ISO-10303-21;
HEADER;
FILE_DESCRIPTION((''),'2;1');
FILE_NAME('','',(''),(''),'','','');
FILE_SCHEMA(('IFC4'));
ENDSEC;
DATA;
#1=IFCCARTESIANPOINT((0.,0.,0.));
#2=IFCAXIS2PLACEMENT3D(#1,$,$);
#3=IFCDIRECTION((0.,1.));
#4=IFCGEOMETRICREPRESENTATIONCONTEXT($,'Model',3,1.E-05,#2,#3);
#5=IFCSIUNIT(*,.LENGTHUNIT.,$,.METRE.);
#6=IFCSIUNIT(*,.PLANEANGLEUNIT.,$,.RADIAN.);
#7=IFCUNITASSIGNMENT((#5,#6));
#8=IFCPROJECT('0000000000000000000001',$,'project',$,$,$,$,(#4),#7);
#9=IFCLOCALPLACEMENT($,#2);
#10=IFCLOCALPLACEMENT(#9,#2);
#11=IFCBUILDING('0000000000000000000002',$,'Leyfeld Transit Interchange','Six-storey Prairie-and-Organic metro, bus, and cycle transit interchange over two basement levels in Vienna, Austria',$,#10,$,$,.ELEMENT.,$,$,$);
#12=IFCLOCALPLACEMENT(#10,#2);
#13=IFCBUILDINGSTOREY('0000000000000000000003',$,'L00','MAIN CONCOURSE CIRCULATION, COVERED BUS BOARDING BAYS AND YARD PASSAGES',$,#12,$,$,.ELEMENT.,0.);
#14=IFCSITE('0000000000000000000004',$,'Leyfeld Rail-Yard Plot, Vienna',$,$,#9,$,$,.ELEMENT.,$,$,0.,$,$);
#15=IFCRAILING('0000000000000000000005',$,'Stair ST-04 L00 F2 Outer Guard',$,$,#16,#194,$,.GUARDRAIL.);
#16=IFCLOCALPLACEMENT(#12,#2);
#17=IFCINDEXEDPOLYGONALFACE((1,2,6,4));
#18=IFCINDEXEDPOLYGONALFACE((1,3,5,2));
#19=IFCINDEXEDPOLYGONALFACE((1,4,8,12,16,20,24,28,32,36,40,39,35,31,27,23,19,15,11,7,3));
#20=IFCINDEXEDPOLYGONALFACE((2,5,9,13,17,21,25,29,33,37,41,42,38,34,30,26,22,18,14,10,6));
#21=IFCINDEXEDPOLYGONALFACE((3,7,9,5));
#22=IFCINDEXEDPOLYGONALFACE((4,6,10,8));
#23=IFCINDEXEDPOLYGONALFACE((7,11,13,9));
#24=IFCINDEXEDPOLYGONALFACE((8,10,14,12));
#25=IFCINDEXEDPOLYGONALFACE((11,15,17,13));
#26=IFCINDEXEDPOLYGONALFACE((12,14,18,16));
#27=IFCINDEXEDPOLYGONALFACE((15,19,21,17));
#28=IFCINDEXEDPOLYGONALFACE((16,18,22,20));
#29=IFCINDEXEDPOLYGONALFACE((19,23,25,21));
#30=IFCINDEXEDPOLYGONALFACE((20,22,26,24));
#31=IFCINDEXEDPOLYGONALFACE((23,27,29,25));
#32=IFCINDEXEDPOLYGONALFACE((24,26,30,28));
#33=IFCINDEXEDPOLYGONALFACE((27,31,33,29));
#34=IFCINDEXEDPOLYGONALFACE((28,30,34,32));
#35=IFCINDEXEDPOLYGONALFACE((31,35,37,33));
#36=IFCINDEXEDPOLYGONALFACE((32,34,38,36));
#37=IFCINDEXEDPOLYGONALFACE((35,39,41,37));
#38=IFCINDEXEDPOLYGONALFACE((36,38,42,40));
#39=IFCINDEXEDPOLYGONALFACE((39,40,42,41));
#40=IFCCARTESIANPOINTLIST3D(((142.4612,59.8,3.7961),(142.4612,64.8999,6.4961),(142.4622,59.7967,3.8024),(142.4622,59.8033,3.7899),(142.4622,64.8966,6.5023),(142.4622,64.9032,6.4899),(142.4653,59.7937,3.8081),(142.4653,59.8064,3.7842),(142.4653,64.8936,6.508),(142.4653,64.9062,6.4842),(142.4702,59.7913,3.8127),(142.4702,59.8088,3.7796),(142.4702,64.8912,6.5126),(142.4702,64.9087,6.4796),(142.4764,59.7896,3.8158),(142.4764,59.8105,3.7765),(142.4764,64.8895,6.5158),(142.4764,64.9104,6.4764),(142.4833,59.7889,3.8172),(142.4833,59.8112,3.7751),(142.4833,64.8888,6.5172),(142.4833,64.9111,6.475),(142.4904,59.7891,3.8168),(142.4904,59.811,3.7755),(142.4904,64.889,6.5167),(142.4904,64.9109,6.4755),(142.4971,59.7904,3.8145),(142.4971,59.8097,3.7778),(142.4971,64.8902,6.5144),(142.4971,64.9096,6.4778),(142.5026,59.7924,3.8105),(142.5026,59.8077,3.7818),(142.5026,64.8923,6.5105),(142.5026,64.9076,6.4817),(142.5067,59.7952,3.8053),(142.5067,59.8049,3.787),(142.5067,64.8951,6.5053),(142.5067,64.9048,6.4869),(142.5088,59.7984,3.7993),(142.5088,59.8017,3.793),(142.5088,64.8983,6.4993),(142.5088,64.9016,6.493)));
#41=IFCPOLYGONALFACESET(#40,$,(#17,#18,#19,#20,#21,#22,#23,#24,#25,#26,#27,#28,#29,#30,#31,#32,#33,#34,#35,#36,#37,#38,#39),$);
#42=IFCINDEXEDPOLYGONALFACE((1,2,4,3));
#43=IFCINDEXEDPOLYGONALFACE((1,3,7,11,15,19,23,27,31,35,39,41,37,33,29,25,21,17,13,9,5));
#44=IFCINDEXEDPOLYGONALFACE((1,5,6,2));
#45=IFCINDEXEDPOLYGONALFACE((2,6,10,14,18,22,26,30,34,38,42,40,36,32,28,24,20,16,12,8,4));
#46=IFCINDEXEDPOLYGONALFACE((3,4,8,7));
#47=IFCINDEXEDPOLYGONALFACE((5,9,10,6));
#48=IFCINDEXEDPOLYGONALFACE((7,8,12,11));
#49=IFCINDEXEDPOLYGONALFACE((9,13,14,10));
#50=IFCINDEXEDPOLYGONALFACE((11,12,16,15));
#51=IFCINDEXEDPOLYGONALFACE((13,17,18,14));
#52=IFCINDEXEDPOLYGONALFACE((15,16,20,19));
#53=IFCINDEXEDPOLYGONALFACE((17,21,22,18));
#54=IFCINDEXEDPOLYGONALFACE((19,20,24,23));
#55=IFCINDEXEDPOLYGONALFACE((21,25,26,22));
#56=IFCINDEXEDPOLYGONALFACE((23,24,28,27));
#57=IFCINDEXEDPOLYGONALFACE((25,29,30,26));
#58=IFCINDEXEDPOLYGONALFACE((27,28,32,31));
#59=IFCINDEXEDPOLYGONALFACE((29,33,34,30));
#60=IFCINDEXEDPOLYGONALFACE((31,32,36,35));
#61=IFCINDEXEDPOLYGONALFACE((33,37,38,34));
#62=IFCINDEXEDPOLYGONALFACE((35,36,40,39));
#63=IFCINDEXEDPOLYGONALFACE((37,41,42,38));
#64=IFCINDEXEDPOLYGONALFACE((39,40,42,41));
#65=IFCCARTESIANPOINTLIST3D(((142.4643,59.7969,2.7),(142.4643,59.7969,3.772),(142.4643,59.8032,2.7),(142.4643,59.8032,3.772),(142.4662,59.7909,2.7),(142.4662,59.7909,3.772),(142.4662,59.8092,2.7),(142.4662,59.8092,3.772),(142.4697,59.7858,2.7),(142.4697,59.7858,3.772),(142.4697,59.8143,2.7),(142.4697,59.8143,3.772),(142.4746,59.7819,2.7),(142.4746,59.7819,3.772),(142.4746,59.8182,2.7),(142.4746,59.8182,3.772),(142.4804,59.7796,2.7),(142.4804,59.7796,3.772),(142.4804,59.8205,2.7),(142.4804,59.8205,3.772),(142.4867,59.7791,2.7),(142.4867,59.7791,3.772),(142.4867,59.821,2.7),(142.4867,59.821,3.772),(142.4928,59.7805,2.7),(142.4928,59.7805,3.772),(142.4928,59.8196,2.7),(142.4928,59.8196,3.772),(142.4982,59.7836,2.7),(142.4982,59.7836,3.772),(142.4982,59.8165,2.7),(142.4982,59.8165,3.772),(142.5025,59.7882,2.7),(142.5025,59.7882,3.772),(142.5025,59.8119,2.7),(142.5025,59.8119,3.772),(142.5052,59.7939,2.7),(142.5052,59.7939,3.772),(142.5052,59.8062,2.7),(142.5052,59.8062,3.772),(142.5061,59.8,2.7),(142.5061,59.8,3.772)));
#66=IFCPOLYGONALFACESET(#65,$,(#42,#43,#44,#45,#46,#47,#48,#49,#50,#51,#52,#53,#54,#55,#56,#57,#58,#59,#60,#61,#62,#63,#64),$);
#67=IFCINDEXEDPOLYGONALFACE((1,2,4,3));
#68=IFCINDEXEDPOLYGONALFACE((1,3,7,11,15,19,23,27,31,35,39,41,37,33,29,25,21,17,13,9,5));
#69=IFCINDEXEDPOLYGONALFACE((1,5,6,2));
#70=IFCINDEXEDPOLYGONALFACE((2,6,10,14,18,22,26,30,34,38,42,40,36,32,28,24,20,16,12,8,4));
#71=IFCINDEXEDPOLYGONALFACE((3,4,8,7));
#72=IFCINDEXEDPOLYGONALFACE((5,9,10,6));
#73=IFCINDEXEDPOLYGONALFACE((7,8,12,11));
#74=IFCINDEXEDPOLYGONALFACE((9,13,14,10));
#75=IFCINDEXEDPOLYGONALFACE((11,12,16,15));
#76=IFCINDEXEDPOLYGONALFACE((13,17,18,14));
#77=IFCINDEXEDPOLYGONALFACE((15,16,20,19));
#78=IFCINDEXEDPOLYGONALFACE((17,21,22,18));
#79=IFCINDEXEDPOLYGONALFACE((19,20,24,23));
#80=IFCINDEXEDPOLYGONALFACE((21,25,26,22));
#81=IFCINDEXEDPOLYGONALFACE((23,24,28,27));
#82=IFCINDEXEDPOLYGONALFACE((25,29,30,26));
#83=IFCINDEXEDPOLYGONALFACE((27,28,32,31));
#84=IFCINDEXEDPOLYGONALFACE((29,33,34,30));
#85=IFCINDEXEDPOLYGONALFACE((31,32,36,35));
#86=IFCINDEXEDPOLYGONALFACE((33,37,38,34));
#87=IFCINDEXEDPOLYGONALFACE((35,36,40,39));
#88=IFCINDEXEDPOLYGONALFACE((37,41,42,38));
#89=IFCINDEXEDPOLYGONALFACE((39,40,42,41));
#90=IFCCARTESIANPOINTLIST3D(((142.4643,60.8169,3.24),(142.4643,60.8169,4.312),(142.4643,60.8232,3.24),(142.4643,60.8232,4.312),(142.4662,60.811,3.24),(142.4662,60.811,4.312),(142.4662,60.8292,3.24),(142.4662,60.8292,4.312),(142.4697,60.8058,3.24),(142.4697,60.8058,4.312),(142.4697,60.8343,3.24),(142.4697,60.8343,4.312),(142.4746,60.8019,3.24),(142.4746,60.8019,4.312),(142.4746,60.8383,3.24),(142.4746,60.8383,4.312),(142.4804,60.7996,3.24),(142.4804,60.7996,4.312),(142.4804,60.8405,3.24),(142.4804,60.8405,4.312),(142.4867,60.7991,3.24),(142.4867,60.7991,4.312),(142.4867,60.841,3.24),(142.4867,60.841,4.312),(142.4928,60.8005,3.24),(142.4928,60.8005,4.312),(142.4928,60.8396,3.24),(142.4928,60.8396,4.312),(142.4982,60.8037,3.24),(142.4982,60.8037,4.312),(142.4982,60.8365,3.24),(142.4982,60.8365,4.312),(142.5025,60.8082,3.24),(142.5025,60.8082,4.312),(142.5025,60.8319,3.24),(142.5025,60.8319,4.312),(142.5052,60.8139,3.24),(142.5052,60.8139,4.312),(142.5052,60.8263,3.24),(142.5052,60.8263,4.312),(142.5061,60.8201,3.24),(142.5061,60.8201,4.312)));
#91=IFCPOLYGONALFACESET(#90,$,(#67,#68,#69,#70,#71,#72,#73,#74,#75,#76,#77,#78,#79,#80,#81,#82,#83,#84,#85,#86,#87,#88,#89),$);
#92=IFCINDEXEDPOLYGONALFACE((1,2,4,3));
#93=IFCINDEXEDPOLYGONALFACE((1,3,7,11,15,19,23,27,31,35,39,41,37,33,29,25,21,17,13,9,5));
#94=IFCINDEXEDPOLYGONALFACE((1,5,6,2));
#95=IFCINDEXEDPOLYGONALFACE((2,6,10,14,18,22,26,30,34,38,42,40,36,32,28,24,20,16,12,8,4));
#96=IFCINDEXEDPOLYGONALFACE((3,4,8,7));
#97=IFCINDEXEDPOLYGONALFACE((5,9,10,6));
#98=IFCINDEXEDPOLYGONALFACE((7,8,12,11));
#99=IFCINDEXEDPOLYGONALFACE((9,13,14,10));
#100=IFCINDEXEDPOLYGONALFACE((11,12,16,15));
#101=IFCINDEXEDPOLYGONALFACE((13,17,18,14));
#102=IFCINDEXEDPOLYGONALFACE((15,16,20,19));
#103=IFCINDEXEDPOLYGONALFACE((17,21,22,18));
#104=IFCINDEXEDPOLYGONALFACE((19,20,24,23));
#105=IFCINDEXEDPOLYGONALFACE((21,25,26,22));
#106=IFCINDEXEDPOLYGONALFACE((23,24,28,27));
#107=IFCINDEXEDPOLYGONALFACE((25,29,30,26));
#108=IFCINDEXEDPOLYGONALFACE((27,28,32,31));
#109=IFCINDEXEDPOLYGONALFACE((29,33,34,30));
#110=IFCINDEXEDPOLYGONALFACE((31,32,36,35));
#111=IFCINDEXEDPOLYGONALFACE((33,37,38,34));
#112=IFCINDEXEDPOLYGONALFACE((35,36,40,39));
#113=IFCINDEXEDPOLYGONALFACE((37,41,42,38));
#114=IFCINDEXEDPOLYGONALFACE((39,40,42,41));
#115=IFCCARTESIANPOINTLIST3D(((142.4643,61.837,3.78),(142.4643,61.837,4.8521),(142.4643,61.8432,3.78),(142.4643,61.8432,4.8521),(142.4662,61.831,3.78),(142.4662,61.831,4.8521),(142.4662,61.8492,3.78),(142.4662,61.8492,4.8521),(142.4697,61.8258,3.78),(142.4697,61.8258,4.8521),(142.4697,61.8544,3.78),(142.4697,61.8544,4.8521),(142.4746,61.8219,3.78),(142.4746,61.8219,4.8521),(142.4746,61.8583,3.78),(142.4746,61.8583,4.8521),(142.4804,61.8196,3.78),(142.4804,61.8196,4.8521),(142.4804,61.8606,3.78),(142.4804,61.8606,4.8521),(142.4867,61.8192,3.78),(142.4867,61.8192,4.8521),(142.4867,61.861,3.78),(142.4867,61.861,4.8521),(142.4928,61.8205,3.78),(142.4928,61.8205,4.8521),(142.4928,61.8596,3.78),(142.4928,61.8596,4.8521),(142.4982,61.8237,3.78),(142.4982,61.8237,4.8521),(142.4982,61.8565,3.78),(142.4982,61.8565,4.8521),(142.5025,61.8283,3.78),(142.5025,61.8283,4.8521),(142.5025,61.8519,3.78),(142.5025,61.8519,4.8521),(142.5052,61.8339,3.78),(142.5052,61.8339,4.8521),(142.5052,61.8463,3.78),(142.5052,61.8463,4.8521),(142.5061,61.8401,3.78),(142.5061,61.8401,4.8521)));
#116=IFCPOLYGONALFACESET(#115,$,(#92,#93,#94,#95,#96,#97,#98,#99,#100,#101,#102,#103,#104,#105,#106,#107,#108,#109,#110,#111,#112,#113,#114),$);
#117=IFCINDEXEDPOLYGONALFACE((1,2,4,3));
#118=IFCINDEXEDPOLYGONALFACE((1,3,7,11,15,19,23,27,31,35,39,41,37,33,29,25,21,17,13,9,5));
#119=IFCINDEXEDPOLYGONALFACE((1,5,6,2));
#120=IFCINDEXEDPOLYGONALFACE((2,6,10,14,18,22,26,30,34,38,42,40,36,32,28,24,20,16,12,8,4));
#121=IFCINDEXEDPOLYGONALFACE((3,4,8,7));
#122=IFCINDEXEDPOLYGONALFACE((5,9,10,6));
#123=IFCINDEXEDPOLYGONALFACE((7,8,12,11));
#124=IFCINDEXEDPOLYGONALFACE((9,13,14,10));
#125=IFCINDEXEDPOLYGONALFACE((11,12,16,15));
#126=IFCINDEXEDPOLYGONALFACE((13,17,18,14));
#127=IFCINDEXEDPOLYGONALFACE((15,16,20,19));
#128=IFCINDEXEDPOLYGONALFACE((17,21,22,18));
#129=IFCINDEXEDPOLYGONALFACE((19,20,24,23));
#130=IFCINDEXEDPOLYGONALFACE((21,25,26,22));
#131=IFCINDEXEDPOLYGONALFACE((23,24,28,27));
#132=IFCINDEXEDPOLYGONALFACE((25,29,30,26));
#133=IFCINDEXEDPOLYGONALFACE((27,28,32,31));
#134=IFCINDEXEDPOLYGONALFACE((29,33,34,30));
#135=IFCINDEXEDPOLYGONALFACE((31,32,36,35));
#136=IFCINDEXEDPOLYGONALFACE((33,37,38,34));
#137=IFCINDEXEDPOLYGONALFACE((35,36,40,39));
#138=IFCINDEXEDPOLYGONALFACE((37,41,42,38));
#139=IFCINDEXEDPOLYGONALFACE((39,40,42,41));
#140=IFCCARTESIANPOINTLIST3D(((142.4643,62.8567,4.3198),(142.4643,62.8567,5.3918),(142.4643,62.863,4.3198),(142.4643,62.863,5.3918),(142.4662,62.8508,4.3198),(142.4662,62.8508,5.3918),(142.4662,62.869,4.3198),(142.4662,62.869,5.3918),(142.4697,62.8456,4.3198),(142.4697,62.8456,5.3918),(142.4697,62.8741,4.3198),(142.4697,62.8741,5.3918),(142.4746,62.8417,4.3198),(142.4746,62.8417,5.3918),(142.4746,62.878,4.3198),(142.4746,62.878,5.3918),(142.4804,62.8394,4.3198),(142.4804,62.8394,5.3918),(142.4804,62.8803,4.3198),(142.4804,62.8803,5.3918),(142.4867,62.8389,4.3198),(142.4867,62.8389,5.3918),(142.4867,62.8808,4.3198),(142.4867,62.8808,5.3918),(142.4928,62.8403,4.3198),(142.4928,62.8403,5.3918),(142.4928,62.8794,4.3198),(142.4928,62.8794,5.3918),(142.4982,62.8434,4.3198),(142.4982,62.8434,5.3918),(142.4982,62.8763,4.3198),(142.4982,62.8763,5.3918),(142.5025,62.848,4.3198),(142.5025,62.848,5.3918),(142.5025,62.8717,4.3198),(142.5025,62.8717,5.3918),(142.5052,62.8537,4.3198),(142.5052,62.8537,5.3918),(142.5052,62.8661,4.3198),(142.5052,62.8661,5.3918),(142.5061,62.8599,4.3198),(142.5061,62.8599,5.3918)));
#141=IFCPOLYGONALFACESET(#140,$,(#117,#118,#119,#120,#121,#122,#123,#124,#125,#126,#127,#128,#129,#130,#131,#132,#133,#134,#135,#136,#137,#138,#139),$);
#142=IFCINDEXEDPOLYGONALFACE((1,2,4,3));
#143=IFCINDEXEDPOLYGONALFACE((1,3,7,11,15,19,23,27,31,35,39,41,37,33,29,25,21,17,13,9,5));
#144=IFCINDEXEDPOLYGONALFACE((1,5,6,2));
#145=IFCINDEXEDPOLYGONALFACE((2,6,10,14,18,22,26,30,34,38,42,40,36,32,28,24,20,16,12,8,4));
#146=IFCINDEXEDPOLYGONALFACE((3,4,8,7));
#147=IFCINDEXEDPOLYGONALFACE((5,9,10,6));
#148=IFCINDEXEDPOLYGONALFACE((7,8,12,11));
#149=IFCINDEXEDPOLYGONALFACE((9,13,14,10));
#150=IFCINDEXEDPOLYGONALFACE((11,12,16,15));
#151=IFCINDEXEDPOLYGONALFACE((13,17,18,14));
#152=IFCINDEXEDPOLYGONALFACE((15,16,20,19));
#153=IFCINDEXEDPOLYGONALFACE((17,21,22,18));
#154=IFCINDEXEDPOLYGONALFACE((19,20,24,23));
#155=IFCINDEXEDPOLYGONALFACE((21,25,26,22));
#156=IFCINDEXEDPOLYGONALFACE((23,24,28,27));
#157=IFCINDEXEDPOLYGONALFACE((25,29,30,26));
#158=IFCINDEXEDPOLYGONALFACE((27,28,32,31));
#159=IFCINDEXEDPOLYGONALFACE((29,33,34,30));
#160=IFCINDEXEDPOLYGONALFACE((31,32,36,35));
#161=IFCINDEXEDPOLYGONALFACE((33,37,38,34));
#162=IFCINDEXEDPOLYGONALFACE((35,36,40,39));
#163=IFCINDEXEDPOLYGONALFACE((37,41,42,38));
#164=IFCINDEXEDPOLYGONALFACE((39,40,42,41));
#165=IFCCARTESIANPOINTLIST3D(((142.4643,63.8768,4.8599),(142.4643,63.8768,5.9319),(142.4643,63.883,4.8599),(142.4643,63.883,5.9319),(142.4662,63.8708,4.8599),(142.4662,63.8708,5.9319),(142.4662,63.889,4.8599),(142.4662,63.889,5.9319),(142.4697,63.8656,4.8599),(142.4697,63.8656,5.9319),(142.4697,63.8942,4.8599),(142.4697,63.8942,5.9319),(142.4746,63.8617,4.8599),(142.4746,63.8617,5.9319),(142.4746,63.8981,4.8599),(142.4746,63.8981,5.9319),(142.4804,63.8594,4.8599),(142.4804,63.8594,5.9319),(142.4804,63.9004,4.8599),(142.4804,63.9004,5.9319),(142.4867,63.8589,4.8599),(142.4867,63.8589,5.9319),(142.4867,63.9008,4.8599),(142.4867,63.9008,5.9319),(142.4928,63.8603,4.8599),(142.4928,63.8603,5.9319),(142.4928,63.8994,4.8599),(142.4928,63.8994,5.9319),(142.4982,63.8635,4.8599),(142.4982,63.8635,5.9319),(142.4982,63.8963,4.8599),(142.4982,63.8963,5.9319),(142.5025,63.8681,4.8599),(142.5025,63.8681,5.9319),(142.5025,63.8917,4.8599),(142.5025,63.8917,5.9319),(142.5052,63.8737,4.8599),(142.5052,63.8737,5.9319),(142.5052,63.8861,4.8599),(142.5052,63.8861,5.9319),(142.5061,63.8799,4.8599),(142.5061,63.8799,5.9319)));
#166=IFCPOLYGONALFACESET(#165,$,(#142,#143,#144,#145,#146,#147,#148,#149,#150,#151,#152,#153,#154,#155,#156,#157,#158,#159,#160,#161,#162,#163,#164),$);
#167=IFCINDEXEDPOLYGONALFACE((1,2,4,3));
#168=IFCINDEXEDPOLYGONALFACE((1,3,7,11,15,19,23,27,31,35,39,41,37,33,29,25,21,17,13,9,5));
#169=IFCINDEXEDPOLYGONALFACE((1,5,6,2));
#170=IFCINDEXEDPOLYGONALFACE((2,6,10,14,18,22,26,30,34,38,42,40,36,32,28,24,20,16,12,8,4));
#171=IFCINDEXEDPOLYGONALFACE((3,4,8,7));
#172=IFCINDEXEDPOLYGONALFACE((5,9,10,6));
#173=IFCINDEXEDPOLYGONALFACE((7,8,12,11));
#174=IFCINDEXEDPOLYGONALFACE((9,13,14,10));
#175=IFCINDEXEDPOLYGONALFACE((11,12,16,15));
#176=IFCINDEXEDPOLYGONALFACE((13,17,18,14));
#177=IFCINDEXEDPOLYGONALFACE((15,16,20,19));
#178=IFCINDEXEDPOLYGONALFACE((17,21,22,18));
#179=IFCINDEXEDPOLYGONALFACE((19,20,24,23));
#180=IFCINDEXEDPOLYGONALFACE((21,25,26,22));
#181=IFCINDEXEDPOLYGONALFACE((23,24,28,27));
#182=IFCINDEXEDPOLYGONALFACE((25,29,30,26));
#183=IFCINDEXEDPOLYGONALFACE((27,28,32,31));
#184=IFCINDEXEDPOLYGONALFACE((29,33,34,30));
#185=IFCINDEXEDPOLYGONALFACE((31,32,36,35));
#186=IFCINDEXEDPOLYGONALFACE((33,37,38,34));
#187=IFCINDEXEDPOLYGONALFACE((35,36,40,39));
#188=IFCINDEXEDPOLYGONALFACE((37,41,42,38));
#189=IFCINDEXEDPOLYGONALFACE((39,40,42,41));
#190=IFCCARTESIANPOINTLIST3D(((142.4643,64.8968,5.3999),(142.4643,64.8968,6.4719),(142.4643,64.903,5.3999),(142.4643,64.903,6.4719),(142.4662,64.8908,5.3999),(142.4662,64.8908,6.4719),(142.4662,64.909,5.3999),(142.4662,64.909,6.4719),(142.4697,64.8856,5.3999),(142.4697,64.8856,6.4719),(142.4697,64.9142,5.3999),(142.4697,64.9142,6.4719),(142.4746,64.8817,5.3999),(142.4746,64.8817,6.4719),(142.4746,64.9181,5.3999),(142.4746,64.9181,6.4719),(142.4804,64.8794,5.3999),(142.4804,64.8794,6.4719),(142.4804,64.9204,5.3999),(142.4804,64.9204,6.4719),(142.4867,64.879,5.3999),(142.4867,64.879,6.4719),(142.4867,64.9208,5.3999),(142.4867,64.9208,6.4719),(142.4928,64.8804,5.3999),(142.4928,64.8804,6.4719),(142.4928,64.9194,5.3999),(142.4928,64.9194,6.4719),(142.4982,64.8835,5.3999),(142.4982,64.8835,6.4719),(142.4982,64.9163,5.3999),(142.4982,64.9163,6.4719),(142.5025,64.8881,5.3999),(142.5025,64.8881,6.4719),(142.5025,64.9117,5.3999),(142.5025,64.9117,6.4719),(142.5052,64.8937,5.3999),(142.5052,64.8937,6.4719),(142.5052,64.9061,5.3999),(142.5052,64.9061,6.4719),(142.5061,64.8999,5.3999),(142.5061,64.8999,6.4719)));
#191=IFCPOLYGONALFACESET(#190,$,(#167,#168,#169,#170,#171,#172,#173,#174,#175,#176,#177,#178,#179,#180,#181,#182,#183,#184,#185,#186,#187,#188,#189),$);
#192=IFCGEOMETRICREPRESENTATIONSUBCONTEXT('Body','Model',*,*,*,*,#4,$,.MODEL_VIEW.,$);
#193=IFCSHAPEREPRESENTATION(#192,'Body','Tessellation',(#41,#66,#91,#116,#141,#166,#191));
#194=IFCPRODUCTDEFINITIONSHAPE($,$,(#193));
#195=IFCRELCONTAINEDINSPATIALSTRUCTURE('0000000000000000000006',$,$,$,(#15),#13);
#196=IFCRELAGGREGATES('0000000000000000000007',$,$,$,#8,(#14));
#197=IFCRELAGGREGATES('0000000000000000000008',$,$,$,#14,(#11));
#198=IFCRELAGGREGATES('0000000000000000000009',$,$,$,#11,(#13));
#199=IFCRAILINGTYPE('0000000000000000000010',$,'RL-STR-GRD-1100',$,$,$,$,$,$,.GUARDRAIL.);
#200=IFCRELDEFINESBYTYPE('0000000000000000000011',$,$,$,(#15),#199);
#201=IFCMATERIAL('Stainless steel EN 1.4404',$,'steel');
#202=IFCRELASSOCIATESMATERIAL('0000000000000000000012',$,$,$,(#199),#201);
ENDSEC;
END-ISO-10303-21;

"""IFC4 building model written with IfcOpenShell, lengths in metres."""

from ifc_helpers import new_model, si_unit, direction, frame, origin, origin_2d, place, context, subcontext, project, spatial, circle, extrude, material, type_object, element, save


model = new_model("IFC4")

# Units and contexts
model_context = context("Model", 3, precision=1e-05, world=origin(), true_north=direction((0.0, 1.0)))
body_context = subcontext(model_context, "Body", "Model", "MODEL_VIEW")
ifc_project = project(units=[si_unit("LENGTHUNIT", "METRE"), si_unit("PLANEANGLEUNIT", "RADIAN")], contexts=[model_context])

# Site, building, storey
site_placement = place(None, origin())
site = spatial("IfcSite", under=ifc_project, at=site_placement, Name="Leyfeld Rail-Yard Plot, Vienna", CompositionType="ELEMENT", RefElevation=0.0)
building_placement = place(site_placement, origin())
building = spatial("IfcBuilding", under=site, at=building_placement, Name="Leyfeld Transit Interchange", Description="Six-storey Prairie-and-Organic metro, bus, and cycle transit interchange over two basement levels in Vienna, Austria", CompositionType="ELEMENT")
storey_placement = place(building_placement, origin())
storey = spatial("IfcBuildingStorey", under=building, at=storey_placement, Name="L00", Description="MAIN CONCOURSE CIRCULATION, COVERED BUS BOARDING BAYS AND YARD PASSAGES", CompositionType="ELEMENT", Elevation=0.0)

# Railing
ifc_material_1 = material(Name="Stainless steel EN 1.4404", Category="steel")
railing_type_1 = type_object("IfcRailingType", Name="RL-STR-GRD-1100", PredefinedType="GUARDRAIL", material=ifc_material_1)
for number, where, name in (
    (1, (142.4851, 59.8, 2.7), "Stair ST-04 L00 F2 Outer Guard"),
):
    element("IfcRailing", number, at=place(storey_placement, frame(where)), inside=storey, type_object=railing_type_1, Name=name, PredefinedType="GUARDRAIL", context=body_context, shape_type="SweptSolid", body=[
        extrude(circle(Radius=0.0239, at=origin_2d()), frame((0.0, 0.0, 1.0962), z_axis=(0.0, 0.883786, 0.467892), x_axis=(-1.0, 0.0, 0.0)), (0.0, 0.0, 1.0), 5.7705),
        extrude(circle(Radius=0.021, at=origin_2d()), origin(), (0.0, 0.0, 1.0), 1.072),
        extrude(circle(Radius=0.021, at=origin_2d()), frame((0.0, 1.02, 0.54)), (0.0, 0.0, 1.0), 1.072),
        extrude(circle(Radius=0.021, at=origin_2d()), frame((0.0, 2.04, 1.0801)), (0.0, 0.0, 1.0), 1.072),
        extrude(circle(Radius=0.021, at=origin_2d()), frame((0.0, 3.0598, 1.6199)), (0.0, 0.0, 1.0), 1.072),
        extrude(circle(Radius=0.021, at=origin_2d()), frame((0.0, 4.0798, 2.1599)), (0.0, 0.0, 1.0), 1.072),
        extrude(circle(Radius=0.021, at=origin_2d()), frame((0.0, 5.0999, 2.7)), (0.0, 0.0, 1.0), 1.072),
    ])

save(model, "model.ifc")
